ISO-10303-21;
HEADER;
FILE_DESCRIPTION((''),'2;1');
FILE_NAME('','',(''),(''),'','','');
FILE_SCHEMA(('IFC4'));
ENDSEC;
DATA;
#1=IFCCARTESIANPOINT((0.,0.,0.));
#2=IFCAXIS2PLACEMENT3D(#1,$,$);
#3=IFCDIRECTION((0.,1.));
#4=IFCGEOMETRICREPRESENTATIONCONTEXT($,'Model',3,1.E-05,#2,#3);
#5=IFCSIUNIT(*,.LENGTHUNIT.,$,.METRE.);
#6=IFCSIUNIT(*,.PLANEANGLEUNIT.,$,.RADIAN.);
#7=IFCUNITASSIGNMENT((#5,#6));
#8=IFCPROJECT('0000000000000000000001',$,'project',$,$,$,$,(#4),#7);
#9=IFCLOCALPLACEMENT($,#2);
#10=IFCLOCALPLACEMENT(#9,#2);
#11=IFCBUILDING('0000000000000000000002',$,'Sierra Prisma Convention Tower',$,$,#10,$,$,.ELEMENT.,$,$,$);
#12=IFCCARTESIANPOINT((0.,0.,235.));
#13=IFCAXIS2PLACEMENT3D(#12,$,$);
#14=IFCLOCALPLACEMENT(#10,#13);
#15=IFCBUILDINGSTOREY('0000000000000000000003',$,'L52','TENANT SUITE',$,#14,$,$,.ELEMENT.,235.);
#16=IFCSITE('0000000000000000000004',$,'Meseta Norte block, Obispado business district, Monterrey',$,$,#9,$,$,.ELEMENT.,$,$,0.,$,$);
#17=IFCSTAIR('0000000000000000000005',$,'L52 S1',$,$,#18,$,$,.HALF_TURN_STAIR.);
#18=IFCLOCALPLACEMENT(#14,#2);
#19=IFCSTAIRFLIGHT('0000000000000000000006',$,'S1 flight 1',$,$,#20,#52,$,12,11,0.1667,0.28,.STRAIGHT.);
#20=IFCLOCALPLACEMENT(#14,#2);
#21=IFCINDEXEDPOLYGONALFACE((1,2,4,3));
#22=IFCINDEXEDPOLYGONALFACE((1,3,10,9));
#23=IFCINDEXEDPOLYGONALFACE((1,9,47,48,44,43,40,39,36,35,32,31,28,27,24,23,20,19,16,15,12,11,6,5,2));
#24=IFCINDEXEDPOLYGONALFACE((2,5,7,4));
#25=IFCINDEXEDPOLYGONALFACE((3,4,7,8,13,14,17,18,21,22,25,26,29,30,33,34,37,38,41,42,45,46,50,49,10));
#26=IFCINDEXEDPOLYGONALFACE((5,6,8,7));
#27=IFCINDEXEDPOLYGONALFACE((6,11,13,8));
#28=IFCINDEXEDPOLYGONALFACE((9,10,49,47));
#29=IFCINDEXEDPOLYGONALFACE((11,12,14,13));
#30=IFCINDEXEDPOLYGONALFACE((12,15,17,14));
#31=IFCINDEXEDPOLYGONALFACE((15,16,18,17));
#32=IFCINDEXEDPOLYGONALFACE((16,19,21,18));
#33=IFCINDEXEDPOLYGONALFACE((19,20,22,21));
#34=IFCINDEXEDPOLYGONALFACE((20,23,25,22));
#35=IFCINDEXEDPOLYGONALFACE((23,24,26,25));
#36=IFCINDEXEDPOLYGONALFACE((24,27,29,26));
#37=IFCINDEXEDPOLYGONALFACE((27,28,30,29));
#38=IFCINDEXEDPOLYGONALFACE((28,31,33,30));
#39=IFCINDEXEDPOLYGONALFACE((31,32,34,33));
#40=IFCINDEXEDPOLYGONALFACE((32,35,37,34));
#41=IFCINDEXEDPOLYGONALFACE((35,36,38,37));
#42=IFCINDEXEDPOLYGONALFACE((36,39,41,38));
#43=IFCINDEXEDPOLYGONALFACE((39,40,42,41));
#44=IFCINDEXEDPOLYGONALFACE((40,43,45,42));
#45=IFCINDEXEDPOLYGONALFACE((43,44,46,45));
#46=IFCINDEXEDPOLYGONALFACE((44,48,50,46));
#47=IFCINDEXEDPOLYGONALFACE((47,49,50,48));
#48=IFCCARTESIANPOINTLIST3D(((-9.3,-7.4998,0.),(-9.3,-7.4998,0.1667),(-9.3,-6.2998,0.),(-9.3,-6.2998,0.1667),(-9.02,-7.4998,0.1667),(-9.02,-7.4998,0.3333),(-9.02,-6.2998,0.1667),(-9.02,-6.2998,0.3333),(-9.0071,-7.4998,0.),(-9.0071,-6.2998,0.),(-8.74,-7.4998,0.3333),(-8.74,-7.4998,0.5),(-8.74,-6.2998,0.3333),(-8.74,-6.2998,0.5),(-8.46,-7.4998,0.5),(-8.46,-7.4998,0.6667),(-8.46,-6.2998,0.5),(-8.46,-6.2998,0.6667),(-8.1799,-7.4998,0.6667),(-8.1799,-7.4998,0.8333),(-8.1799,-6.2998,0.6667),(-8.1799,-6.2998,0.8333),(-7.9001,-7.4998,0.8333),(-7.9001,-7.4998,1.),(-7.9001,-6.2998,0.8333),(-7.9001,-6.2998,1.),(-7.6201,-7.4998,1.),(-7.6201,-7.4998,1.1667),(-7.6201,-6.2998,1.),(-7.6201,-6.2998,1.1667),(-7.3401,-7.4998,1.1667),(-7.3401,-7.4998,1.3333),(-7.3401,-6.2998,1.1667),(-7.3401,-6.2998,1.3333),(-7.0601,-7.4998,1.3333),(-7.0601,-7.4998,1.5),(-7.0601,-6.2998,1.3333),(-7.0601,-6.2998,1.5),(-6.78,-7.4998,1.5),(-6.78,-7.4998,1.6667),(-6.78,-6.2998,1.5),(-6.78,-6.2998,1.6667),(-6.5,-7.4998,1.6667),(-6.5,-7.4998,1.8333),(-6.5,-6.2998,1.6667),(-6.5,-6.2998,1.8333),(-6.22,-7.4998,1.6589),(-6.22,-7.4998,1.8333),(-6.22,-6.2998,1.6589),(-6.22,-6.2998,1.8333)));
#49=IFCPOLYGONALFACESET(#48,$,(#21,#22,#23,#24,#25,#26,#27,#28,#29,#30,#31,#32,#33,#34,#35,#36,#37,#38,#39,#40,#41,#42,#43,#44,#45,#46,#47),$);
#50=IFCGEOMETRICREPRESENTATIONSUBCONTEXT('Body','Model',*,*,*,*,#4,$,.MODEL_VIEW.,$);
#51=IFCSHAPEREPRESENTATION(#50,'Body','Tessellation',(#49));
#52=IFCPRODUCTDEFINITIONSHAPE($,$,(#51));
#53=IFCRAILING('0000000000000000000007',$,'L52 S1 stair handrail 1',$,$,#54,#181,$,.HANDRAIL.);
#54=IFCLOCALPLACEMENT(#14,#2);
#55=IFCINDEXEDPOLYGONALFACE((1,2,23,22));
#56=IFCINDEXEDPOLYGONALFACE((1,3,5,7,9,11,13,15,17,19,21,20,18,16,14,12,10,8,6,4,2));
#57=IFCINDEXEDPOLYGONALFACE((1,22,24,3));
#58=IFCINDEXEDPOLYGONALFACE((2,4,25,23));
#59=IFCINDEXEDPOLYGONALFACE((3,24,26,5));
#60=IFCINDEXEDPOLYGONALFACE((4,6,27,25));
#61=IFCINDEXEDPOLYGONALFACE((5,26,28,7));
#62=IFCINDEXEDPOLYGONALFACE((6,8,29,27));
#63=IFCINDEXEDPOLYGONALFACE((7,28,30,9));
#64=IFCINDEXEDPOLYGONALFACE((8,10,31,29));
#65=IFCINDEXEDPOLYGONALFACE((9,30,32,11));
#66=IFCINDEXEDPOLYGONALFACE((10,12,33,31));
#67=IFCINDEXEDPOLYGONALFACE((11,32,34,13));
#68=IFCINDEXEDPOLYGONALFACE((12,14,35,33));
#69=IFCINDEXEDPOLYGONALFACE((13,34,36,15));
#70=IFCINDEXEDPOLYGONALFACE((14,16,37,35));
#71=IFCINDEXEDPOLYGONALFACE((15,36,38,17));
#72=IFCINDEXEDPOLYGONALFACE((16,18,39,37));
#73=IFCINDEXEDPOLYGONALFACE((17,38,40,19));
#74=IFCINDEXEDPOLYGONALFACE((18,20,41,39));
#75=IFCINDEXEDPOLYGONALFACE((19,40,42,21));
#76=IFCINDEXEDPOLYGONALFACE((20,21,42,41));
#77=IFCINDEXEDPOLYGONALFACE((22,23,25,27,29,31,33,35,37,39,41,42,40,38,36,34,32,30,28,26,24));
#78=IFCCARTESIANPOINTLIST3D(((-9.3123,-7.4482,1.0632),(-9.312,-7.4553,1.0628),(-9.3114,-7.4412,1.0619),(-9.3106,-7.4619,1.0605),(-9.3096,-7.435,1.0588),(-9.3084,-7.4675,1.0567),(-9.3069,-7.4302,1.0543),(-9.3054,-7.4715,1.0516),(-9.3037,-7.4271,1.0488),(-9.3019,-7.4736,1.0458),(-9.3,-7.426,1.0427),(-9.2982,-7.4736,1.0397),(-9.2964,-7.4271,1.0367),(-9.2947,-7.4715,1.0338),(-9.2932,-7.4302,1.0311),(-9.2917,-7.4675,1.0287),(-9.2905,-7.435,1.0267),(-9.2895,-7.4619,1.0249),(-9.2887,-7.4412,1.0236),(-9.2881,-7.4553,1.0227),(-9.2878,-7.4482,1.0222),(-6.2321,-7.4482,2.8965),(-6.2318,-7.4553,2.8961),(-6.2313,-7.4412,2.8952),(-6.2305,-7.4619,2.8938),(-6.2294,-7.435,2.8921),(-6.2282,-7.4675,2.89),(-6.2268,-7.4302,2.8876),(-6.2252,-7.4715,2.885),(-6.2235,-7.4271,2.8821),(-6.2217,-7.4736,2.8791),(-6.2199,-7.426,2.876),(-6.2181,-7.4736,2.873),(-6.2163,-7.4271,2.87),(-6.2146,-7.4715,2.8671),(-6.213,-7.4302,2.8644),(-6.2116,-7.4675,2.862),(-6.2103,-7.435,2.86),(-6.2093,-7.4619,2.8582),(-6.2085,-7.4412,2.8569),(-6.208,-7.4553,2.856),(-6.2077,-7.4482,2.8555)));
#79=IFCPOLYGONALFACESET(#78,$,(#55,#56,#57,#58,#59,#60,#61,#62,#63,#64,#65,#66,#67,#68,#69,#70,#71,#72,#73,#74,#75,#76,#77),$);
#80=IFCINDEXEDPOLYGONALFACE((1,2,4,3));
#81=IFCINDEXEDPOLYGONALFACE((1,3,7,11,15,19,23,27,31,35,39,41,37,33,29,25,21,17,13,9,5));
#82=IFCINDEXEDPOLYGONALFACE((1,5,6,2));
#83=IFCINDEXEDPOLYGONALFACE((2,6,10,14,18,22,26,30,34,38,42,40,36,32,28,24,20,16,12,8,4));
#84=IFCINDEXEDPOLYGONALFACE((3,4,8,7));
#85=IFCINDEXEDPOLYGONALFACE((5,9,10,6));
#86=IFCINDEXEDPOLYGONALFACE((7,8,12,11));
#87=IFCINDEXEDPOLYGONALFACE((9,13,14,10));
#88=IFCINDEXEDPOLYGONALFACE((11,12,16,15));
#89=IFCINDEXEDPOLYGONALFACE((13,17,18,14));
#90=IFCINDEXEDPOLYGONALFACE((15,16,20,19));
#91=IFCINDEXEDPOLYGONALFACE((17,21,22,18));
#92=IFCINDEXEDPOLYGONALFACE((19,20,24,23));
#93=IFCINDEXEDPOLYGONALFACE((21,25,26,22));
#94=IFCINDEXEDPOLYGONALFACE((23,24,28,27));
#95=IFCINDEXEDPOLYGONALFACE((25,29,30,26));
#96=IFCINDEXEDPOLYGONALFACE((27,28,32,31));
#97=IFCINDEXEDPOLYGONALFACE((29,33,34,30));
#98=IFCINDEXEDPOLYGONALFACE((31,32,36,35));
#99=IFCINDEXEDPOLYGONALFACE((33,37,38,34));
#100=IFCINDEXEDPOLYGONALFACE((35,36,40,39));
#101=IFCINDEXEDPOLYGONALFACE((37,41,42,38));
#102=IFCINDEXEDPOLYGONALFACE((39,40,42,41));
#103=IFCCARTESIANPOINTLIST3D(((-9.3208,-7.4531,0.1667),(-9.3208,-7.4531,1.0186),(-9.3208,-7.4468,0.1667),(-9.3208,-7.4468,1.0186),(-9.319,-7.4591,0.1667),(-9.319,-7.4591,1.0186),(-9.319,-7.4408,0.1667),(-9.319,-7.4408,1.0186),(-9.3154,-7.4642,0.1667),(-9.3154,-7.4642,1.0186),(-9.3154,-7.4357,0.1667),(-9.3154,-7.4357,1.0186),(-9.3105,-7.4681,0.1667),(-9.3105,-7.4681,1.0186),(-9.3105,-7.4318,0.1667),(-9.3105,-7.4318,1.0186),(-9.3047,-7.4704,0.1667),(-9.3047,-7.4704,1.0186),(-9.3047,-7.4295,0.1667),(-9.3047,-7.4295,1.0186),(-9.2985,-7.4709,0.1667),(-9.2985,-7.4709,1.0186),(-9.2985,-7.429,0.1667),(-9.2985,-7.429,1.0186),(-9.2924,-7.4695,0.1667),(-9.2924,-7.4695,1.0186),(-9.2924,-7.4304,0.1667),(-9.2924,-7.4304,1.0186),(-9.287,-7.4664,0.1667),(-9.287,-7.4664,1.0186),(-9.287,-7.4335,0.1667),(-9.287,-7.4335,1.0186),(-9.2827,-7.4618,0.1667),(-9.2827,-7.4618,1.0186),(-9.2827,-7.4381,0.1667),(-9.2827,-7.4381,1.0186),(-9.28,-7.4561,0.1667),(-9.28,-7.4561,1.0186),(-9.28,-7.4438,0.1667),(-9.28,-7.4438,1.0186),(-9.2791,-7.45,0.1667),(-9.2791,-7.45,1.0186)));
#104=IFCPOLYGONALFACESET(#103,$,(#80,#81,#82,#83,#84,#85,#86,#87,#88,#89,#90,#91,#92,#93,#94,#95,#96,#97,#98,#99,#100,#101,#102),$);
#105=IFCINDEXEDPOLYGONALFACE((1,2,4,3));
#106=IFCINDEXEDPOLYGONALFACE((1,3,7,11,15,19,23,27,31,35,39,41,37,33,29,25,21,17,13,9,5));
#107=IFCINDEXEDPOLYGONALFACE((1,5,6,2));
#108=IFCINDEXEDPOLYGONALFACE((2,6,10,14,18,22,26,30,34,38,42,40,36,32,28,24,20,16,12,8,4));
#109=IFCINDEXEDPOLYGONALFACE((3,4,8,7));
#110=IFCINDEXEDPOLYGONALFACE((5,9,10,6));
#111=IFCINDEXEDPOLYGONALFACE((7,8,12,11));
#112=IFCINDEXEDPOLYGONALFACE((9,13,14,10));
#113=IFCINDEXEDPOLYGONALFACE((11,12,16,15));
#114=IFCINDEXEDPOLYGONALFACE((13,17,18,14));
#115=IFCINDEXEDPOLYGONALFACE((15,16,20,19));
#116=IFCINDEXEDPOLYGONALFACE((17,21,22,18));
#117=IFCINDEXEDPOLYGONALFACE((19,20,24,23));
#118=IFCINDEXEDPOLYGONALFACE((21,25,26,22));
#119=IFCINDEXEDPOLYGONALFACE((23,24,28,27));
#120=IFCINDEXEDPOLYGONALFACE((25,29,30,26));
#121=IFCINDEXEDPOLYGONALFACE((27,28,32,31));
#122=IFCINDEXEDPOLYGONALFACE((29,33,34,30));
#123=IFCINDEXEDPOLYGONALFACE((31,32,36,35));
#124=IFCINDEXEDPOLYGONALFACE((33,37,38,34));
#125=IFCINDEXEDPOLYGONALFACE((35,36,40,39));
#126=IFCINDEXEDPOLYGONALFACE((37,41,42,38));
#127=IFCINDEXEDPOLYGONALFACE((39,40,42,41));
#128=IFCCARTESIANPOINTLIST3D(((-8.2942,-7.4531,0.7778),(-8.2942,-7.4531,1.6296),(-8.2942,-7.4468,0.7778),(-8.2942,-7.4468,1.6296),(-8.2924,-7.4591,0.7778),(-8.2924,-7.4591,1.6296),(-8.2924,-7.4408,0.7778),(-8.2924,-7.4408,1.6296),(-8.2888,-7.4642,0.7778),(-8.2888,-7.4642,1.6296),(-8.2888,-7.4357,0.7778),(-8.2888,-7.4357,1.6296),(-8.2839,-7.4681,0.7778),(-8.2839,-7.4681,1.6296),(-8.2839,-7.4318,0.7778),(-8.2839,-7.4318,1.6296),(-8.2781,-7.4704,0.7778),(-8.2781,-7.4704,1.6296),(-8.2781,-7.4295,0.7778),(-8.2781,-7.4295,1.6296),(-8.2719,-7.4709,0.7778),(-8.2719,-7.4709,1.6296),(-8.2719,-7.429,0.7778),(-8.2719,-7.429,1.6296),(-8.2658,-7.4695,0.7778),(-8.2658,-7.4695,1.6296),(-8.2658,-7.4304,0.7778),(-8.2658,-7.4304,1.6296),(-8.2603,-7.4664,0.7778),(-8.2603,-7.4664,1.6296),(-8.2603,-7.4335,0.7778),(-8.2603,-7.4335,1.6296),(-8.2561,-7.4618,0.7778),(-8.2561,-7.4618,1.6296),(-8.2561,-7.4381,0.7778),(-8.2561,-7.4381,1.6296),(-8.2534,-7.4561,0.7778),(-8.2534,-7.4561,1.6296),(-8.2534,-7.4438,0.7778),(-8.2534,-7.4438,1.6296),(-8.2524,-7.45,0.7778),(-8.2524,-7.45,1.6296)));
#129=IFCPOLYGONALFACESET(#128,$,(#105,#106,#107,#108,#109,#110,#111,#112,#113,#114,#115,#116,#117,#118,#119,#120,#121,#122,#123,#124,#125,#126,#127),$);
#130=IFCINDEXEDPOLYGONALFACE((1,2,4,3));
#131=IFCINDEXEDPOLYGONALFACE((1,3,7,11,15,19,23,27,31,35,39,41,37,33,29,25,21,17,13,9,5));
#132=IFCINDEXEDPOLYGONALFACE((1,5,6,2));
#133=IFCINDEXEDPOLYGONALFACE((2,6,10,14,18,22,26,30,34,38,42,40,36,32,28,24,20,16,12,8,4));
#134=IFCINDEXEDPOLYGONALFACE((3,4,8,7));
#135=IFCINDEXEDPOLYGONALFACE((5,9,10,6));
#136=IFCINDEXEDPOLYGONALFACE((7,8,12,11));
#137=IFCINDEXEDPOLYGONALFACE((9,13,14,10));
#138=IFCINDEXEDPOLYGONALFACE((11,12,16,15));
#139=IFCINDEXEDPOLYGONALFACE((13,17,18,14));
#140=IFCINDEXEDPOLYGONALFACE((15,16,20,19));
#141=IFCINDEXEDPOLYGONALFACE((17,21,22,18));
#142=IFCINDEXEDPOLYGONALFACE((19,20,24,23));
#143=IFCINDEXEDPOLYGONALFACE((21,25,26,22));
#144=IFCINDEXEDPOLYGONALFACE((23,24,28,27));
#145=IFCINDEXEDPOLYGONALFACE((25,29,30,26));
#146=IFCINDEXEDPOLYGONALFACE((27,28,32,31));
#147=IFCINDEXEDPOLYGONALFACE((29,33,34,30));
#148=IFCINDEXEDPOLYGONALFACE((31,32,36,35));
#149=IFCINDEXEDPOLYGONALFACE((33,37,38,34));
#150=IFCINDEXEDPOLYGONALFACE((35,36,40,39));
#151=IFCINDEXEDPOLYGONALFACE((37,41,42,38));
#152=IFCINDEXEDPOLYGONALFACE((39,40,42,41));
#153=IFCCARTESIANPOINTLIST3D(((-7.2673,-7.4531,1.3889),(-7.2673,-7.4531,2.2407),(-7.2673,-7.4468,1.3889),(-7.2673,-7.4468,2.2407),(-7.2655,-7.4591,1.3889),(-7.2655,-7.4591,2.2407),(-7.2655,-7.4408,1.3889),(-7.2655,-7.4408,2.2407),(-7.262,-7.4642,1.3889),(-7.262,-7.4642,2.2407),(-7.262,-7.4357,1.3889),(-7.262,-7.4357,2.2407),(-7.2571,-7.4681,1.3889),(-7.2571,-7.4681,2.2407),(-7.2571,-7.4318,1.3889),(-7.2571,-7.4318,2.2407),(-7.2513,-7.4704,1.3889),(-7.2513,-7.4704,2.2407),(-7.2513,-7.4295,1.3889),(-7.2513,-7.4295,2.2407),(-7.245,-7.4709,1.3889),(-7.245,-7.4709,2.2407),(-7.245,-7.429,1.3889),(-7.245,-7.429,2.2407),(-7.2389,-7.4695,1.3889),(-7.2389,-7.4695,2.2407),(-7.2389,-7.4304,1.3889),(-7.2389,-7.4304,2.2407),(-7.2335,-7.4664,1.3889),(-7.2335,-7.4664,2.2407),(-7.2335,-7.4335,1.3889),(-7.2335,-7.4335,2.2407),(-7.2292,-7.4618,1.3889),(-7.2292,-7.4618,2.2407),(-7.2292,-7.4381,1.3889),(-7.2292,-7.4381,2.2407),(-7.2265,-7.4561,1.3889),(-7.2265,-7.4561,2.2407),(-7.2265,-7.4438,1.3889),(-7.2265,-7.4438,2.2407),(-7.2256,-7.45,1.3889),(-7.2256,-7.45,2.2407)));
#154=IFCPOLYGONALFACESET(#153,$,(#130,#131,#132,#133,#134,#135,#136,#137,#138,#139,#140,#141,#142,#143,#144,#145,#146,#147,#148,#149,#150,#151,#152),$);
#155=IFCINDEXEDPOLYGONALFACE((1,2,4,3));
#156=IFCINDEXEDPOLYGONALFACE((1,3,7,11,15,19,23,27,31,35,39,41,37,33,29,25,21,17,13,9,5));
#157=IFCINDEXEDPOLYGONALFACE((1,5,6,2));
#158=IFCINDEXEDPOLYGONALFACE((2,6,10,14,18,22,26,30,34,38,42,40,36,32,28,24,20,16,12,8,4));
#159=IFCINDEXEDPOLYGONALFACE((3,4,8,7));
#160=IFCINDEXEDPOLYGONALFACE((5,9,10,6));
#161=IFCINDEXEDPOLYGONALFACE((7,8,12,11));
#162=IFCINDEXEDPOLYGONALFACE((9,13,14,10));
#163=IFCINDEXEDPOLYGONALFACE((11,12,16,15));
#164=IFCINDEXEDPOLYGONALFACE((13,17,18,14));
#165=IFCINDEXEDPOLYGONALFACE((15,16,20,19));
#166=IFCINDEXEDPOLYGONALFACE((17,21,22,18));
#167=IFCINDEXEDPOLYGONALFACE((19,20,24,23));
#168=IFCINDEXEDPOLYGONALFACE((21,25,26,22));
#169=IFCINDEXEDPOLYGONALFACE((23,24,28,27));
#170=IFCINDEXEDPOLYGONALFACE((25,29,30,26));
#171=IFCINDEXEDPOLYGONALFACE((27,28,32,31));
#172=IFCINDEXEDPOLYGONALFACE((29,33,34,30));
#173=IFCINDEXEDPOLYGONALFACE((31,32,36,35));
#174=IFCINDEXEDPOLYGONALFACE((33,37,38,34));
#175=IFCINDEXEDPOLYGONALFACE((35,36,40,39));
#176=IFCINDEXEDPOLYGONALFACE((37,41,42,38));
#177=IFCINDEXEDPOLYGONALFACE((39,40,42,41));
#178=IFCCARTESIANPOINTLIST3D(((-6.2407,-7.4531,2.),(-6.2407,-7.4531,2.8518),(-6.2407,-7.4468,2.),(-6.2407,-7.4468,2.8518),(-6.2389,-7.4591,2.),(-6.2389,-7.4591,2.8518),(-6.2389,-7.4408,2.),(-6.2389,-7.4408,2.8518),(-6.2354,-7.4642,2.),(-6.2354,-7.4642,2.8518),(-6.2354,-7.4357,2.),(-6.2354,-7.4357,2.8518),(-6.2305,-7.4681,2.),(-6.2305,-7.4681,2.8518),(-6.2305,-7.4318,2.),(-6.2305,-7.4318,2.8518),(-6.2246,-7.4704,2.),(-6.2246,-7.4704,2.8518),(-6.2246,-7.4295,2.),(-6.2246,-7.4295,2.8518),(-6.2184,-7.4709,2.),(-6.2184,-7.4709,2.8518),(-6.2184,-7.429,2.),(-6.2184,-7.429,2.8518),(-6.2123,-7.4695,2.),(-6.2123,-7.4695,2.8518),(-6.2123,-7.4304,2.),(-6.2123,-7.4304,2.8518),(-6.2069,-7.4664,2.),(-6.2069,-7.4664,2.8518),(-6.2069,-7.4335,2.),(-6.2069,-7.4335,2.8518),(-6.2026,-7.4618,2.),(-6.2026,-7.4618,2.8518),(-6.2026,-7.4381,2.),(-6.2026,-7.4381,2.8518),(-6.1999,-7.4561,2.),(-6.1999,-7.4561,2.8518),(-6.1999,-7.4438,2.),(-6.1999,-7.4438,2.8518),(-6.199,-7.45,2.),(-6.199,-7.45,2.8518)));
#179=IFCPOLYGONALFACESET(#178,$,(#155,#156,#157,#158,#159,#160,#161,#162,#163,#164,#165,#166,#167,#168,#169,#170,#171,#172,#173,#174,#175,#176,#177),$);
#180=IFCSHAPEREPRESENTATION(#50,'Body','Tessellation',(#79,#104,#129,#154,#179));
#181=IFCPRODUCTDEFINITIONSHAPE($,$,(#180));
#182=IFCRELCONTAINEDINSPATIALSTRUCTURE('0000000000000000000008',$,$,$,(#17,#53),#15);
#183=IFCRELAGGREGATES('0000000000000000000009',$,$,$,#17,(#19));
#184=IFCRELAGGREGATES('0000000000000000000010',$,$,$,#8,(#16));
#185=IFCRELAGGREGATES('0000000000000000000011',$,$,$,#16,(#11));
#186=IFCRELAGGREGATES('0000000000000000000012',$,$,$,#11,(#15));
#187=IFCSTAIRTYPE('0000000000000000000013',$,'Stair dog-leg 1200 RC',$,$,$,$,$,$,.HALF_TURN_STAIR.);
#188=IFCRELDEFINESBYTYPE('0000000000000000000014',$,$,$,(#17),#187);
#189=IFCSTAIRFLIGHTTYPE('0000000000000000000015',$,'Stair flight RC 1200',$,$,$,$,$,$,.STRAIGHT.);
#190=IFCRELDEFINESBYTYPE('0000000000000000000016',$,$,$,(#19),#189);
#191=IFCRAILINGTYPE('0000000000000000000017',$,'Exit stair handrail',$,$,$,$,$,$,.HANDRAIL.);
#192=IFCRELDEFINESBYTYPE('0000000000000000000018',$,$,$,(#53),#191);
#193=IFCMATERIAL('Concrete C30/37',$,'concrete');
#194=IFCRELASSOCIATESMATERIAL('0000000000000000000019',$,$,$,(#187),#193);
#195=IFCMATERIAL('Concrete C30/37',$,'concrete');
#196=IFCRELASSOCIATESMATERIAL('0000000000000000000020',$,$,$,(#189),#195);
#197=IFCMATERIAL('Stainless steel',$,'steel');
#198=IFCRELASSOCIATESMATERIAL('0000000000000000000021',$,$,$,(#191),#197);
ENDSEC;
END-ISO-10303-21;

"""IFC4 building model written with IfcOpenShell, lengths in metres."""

from ifc_helpers import new_model, si_unit, direction, frame, origin, origin_2d, place, context, subcontext, project, spatial, polyline, circle, outline, extrude, material, type_object, element, aggregate, save


model = new_model("IFC4")

# Units and contexts
model_context = context("Model", 3, precision=1e-05, world=origin(), true_north=direction((0.0, 1.0)))
body_context = subcontext(model_context, "Body", "Model", "MODEL_VIEW")
ifc_project = project(units=[si_unit("LENGTHUNIT", "METRE"), si_unit("PLANEANGLEUNIT", "RADIAN")], contexts=[model_context])

# Site, building, storey
site_placement = place(None, origin())
site = spatial("IfcSite", under=ifc_project, at=site_placement, Name="Meseta Norte block, Obispado business district, Monterrey", CompositionType="ELEMENT", RefElevation=0.0)
building_placement = place(site_placement, origin())
building = spatial("IfcBuilding", under=site, at=building_placement, Name="Sierra Prisma Convention Tower", CompositionType="ELEMENT")
storey_placement = place(building_placement, frame((0.0, 0.0, 235.0)))
storey = spatial("IfcBuildingStorey", under=building, at=storey_placement, Name="L52", Description="TENANT SUITE", CompositionType="ELEMENT", Elevation=235.0)

# Stair, stair flight
ifc_material_1 = material(Name="Concrete C30/37", Category="concrete")
stair_type = type_object("IfcStairType", Name="Stair dog-leg 1200 RC", PredefinedType="HALF_TURN_STAIR", material=ifc_material_1)
stair_placement = place(storey_placement, origin())
stair = element("IfcStair", 1, at=stair_placement, inside=storey, type_object=stair_type, Name="L52 S1", PredefinedType="HALF_TURN_STAIR")
ifc_material_2 = material(Name="Concrete C30/37", Category="concrete")
stair_flight_type = type_object("IfcStairFlightType", Name="Stair flight RC 1200", PredefinedType="STRAIGHT", material=ifc_material_2)
stair_flight_placement = place(storey_placement, frame((-9.3, -6.8999, 0.0), z_axis=(0.0, 0.0, 1.0), x_axis=(1.0, 0.0, 0.0)))
stair_flight = element("IfcStairFlight", 2, at=stair_flight_placement, type_object=stair_flight_type, Name="S1 flight 1", NumberOfRisers=12, NumberOfTreads=11, PredefinedType="STRAIGHT", RiserHeight=0.1667, TreadLength=0.28, context=body_context, shape_type="SweptSolid", body=[
    extrude(outline(polyline([(0.0, 0.0), (0.0, 0.1667), (0.28, 0.1667), (0.28, 0.3333), (0.5601, 0.3333), (0.5601, 0.5), (0.8401, 0.5), (0.8401, 0.6667), (1.1201, 0.6667), (1.1201, 0.8333), (1.3999, 0.8333), (1.3999, 1.0), (1.6799, 1.0), (1.6799, 1.1667), (1.96, 1.1667), (1.96, 1.3333), (2.24, 1.3333), (2.24, 1.5), (2.52, 1.5), (2.52, 1.6667), (2.8, 1.6667), (2.8, 1.8333), (3.0801, 1.8333), (3.0801, 2.0), (3.0801, 1.6589), (0.293, 0.0), (0.0, 0.0)])), frame((0.0, 0.6001, 0.0), z_axis=(0.0, -1.0, 0.0), x_axis=(1.0, 0.0, 0.0)), (0.0, 0.0, 1.0), 1.2),
])
aggregate(stair, [stair_flight])

# Railing
ifc_material_3 = material(Name="Stainless steel", Category="steel")
railing_type_1 = type_object("IfcRailingType", Name="Exit stair handrail", PredefinedType="HANDRAIL", material=ifc_material_3)
railing_1_placement = place(storey_placement, frame((-9.3, -7.45, 0.1667)))
element("IfcRailing", 3, at=railing_1_placement, inside=storey, type_object=railing_type_1, Name="L52 S1 stair handrail 1", PredefinedType="HANDRAIL", context=body_context, shape_type="SweptSolid", body=[
    extrude(circle(Radius=0.0239, at=origin_2d()), frame((0.0, 0.0, 0.876), z_axis=(0.859309, 0.0, 0.511458), x_axis=(0.0, 1.0, 0.0)), (0.0, 0.0, 1.0), 3.5845),
    extrude(circle(Radius=0.021, at=origin_2d()), origin(), (0.0, 0.0, 1.0), 0.8518),
    extrude(circle(Radius=0.021, at=origin_2d()), frame((1.0266, 0.0, 0.6111)), (0.0, 0.0, 1.0), 0.8518),
    extrude(circle(Radius=0.021, at=origin_2d()), frame((2.0535, 0.0, 1.2222)), (0.0, 0.0, 1.0), 0.8518),
    extrude(circle(Radius=0.021, at=origin_2d()), frame((3.0801, 0.0, 1.8333)), (0.0, 0.0, 1.0), 0.8518),
])

save(model, "model.ifc")
